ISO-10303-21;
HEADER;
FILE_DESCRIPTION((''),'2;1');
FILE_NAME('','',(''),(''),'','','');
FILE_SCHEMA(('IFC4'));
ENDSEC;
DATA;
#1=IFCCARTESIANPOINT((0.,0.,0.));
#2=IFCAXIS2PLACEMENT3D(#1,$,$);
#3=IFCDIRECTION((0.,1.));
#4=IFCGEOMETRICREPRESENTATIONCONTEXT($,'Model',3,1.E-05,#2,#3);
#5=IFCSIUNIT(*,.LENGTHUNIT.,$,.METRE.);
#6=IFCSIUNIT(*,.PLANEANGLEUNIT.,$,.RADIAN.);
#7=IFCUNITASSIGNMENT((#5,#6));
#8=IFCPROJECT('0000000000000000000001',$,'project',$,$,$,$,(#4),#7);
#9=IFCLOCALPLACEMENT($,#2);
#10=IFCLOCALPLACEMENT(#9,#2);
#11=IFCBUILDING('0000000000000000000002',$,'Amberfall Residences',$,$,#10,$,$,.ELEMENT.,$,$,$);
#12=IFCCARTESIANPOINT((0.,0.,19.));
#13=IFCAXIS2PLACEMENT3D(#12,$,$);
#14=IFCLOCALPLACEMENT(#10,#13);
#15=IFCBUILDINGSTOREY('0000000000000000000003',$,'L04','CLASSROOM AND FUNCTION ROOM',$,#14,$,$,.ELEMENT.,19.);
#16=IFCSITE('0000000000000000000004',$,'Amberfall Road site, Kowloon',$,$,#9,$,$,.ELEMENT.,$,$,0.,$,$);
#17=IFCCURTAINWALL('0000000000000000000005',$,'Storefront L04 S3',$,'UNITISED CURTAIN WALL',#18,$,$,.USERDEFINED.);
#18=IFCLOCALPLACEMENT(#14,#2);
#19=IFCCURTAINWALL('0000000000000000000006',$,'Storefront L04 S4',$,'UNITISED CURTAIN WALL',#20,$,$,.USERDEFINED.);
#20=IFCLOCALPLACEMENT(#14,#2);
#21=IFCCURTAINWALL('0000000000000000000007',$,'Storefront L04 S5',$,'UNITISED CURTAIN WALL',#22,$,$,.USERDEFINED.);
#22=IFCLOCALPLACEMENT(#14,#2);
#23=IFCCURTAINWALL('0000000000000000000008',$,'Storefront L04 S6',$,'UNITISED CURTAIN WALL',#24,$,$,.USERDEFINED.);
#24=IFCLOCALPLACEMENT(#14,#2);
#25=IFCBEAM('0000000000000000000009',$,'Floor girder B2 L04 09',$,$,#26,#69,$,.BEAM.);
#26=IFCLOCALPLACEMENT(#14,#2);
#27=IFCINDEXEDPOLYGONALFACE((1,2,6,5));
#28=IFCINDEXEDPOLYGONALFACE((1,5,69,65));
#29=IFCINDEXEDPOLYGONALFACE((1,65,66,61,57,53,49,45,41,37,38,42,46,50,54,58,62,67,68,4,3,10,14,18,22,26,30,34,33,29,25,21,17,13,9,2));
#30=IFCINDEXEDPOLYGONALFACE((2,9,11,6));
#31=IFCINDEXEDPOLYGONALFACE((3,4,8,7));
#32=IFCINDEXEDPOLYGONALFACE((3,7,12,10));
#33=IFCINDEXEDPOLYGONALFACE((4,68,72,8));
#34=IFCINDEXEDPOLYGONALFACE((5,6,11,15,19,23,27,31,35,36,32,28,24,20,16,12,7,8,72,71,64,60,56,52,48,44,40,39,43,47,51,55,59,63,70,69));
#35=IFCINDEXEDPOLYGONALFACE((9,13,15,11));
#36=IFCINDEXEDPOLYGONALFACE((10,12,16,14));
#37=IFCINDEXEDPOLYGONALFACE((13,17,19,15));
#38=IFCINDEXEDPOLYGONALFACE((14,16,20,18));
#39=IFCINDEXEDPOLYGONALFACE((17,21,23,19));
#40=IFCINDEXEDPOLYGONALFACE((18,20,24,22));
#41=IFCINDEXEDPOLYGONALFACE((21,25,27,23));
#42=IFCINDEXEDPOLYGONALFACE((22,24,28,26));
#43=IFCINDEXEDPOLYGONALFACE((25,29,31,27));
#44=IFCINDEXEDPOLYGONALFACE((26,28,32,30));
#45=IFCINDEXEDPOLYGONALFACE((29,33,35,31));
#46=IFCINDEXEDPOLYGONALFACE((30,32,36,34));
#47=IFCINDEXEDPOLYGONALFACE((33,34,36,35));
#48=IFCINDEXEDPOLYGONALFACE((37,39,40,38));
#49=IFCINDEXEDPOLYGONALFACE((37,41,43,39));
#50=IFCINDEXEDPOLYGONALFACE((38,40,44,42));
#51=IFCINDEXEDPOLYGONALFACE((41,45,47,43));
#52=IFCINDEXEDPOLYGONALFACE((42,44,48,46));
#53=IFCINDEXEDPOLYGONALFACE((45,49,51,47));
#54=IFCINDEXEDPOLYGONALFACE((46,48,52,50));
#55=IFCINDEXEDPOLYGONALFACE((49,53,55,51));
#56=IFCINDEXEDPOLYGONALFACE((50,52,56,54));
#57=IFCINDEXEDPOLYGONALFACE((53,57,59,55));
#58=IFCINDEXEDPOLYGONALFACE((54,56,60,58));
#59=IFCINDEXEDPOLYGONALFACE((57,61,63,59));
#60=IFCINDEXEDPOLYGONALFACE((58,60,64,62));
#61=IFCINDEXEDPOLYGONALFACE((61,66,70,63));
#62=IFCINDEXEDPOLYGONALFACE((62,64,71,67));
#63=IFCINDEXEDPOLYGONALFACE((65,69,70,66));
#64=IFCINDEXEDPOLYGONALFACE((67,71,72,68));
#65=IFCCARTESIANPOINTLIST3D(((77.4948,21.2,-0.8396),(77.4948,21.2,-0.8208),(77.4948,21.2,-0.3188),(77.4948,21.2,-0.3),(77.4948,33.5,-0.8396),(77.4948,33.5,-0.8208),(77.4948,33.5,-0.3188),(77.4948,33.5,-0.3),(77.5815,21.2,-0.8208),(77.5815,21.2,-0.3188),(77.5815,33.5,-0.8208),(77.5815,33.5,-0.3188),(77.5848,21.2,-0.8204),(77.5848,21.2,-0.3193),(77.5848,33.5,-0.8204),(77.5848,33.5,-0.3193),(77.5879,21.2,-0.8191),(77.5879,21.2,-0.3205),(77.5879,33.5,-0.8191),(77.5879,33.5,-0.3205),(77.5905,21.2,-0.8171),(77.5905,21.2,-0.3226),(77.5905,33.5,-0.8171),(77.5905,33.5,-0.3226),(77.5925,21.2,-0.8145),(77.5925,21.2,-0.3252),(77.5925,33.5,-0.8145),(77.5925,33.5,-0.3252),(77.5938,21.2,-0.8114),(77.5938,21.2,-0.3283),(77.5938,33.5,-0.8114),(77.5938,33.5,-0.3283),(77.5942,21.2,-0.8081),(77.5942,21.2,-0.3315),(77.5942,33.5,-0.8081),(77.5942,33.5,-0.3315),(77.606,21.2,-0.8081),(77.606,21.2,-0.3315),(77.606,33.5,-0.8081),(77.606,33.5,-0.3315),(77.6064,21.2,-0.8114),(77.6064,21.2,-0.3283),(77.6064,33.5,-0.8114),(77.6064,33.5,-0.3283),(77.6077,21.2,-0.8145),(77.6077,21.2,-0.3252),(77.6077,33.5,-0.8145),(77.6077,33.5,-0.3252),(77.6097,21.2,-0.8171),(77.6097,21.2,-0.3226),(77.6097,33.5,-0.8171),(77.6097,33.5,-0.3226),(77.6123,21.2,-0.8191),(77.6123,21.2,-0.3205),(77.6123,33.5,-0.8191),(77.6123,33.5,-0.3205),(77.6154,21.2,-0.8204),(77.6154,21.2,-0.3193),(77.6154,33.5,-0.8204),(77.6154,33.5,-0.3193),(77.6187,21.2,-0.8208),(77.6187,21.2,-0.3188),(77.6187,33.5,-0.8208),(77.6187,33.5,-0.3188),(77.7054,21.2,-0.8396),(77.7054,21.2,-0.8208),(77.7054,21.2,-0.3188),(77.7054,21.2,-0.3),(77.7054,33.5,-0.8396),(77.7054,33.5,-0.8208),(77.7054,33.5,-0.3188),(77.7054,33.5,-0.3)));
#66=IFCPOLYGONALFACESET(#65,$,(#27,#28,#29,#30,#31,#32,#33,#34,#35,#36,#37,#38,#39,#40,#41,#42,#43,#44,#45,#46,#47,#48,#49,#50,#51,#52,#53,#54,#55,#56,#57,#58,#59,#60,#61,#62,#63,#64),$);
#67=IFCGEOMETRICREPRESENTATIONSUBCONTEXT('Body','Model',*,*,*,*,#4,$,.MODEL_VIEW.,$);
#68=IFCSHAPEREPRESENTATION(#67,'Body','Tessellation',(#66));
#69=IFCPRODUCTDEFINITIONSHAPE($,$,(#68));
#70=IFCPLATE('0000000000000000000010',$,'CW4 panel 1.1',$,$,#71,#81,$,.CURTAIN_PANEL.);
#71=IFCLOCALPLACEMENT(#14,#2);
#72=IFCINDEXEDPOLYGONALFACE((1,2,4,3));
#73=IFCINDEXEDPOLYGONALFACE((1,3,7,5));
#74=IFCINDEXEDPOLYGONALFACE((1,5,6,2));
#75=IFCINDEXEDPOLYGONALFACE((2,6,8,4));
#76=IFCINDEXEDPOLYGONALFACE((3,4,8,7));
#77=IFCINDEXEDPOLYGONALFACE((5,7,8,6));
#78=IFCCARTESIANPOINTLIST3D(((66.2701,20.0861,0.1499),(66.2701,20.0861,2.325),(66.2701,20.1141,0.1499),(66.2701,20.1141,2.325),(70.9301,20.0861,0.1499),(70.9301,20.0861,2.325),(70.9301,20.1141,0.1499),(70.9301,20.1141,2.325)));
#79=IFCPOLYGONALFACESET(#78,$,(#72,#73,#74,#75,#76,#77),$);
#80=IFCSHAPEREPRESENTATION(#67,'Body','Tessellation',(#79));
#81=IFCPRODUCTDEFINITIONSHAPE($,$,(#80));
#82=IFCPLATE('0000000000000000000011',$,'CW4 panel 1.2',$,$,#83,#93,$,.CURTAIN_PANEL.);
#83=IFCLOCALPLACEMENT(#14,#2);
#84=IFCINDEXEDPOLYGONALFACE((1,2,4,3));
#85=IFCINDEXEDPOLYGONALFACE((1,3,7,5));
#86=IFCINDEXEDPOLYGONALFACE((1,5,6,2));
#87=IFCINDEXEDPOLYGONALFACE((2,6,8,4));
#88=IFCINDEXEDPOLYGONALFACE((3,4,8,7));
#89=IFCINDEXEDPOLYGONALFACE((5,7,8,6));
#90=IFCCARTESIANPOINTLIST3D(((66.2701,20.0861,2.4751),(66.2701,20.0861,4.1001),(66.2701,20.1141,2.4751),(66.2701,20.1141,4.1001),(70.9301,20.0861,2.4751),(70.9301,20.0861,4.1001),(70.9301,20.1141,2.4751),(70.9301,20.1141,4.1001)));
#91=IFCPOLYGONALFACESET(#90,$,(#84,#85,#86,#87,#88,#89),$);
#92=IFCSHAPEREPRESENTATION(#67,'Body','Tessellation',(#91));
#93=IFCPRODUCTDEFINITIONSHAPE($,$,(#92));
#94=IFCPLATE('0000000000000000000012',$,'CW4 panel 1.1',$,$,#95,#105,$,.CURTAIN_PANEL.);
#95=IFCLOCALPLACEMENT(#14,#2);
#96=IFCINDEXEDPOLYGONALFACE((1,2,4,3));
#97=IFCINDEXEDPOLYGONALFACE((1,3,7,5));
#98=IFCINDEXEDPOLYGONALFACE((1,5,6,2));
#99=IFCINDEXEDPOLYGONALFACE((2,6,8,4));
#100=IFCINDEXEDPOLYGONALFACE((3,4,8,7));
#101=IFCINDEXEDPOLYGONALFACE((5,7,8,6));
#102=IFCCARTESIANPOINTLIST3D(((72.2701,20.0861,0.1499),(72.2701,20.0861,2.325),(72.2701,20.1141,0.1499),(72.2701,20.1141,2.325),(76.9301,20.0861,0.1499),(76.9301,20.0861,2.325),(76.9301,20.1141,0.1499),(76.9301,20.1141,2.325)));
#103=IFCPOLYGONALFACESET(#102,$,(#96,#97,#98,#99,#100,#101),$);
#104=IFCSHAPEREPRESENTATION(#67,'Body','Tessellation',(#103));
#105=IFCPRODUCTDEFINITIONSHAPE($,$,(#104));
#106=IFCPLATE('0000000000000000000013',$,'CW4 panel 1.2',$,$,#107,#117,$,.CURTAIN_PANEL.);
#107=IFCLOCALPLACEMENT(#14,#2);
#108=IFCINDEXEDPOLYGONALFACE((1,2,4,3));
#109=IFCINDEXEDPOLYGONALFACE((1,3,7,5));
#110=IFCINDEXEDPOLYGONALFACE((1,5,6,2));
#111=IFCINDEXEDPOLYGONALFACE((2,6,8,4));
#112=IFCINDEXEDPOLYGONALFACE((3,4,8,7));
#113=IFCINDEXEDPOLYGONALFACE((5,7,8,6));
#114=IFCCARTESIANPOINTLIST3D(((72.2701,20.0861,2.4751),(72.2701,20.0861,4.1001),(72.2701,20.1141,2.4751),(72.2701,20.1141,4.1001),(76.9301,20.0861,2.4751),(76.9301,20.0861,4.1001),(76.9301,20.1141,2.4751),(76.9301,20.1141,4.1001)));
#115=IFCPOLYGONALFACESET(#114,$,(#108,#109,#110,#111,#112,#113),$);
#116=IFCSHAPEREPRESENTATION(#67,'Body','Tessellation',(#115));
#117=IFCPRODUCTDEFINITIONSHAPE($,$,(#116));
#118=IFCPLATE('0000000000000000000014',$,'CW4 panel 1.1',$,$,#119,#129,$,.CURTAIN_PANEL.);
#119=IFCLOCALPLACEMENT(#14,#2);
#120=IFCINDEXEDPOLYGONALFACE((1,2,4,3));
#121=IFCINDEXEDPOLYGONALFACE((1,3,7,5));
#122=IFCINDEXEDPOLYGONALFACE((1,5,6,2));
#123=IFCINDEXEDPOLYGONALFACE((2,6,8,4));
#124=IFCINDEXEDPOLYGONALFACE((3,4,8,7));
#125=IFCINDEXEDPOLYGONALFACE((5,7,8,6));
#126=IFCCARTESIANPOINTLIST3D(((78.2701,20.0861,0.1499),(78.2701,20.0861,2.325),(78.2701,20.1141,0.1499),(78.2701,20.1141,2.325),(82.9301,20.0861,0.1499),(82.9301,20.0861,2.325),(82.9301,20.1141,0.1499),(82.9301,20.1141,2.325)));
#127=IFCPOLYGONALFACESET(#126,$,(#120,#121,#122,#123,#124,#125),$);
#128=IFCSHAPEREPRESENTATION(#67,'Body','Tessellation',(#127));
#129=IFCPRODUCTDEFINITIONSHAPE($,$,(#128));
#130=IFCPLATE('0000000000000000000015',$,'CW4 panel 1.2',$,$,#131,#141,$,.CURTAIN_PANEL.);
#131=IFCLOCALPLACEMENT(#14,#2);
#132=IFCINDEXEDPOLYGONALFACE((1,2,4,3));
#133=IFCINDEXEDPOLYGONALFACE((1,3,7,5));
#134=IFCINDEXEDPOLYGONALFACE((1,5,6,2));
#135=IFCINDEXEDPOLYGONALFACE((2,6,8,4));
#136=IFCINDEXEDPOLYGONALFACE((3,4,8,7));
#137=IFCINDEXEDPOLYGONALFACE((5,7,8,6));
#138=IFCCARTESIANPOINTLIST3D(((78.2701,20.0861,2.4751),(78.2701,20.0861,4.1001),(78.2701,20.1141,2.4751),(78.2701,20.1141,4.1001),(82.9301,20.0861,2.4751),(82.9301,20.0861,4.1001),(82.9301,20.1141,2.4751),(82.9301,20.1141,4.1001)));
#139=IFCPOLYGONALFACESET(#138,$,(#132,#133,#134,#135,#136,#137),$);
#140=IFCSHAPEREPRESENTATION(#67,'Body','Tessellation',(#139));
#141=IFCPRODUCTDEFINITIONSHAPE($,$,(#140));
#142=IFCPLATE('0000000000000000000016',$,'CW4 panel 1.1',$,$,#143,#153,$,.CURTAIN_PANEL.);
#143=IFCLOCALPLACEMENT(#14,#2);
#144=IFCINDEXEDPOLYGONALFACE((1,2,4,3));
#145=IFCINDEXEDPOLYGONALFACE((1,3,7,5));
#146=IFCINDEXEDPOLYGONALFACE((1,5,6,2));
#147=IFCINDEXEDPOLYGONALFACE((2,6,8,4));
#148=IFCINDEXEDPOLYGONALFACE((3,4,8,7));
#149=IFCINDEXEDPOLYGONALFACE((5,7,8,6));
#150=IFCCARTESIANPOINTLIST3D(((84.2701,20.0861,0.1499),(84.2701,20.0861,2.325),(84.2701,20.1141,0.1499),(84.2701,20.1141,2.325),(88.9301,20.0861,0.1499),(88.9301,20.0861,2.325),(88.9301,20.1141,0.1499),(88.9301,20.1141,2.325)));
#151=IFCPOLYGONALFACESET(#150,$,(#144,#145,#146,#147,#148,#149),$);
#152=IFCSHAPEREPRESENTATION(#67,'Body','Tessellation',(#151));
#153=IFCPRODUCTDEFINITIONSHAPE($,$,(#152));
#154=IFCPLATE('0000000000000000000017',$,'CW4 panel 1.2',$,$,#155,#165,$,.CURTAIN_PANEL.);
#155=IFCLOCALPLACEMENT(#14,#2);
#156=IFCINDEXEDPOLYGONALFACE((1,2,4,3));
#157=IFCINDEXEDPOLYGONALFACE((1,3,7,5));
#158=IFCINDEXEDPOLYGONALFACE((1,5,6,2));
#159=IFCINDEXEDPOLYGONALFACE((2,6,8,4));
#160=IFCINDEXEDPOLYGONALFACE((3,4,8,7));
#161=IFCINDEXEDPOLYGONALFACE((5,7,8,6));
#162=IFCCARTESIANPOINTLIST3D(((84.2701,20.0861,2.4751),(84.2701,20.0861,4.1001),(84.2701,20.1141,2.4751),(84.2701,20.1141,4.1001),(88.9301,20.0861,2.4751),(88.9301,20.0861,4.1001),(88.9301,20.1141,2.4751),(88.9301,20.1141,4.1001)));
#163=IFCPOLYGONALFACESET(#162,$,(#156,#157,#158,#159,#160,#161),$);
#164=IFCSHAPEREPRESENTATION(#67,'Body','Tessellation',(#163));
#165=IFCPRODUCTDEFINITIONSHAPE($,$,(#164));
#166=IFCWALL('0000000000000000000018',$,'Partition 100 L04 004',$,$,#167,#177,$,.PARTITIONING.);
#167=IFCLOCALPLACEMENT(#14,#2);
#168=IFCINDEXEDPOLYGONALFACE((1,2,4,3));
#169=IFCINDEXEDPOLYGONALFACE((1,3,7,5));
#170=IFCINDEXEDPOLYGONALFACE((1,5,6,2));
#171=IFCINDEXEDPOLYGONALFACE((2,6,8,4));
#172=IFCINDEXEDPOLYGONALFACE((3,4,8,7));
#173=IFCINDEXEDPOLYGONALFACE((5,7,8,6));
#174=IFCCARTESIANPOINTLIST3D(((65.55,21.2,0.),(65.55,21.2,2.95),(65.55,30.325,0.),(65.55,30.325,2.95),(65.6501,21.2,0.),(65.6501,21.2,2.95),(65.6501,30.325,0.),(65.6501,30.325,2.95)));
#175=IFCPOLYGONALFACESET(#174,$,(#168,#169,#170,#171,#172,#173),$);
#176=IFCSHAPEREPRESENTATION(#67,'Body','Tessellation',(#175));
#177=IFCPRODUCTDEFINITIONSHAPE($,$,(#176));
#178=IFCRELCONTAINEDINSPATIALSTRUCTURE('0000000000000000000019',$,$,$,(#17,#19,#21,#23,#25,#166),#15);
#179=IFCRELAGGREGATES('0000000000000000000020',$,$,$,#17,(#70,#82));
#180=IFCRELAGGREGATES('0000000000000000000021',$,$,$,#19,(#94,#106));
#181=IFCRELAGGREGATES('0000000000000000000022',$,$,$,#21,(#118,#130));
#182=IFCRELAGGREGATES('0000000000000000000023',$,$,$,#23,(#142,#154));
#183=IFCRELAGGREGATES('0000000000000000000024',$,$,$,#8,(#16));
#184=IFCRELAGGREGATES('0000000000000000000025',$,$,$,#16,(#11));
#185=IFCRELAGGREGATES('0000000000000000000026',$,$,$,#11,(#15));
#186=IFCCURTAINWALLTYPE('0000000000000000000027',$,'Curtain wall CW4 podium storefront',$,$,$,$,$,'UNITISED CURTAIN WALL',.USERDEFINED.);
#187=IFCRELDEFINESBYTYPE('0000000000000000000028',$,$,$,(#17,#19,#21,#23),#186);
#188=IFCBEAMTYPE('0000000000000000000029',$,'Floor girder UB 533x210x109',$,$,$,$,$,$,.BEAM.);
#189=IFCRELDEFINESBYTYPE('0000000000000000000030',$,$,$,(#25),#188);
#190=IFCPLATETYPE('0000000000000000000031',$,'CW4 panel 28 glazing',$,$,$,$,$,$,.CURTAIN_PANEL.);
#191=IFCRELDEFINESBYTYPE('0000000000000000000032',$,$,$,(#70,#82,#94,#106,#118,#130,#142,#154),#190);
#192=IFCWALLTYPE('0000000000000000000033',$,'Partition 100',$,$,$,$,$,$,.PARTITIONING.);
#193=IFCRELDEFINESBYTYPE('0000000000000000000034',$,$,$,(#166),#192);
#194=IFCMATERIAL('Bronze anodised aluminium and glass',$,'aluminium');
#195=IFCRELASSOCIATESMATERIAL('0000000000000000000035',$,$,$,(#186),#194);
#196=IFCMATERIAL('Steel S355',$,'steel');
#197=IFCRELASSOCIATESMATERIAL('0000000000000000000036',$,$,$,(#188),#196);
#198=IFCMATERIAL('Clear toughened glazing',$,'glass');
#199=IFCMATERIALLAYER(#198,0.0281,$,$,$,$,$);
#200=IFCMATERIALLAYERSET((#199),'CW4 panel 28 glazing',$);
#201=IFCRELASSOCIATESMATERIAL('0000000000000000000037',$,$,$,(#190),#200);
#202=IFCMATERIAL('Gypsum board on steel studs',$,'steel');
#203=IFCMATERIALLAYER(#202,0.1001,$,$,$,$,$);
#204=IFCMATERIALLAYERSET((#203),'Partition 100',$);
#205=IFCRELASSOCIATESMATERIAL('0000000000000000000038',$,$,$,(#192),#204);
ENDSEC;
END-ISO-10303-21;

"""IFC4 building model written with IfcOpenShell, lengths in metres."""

from ifc_helpers import new_model, si_unit, direction, frame, frame_2d, origin, origin_2d, place, context, subcontext, project, spatial, rectangle, i_section, extrude, material, layer, layer_set, material_profile, profile_set, type_object, element, aggregate, save


model = new_model("IFC4")

# Units and contexts
model_context = context("Model", 3, precision=1e-05, world=origin(), true_north=direction((0.0, 1.0)))
body_context = subcontext(model_context, "Body", "Model", "MODEL_VIEW")
ifc_project = project(units=[si_unit("LENGTHUNIT", "METRE"), si_unit("PLANEANGLEUNIT", "RADIAN")], contexts=[model_context])

# Site, building, storey
site_placement = place(None, origin())
site = spatial("IfcSite", under=ifc_project, at=site_placement, Name="Amberfall Road site, Kowloon", CompositionType="ELEMENT", RefElevation=0.0)
building_placement = place(site_placement, origin())
building = spatial("IfcBuilding", under=site, at=building_placement, Name="Amberfall Residences", CompositionType="ELEMENT")
storey_placement = place(building_placement, frame((0.0, 0.0, 19.0)))
storey = spatial("IfcBuildingStorey", under=building, at=storey_placement, Name="L04", Description="CLASSROOM AND FUNCTION ROOM", CompositionType="ELEMENT", Elevation=19.0)

# Curtain walls
ifc_material_1 = material(Name="Bronze anodised aluminium and glass", Category="aluminium")
curtain_wall_type = type_object("IfcCurtainWallType", Name="Curtain wall CW4 podium storefront", ElementType="UNITISED CURTAIN WALL", PredefinedType="USERDEFINED", material=ifc_material_1)
curtain_wall_1_placement = place(storey_placement, origin())
curtain_wall_1 = element("IfcCurtainWall", 1, at=curtain_wall_1_placement, inside=storey, type_object=curtain_wall_type, Name="Storefront L04 S3", ObjectType="UNITISED CURTAIN WALL", PredefinedType="USERDEFINED")
curtain_wall_2_placement = place(storey_placement, origin())
curtain_wall_2 = element("IfcCurtainWall", 2, at=curtain_wall_2_placement, inside=storey, type_object=curtain_wall_type, Name="Storefront L04 S4", ObjectType="UNITISED CURTAIN WALL", PredefinedType="USERDEFINED")
curtain_wall_3_placement = place(storey_placement, origin())
curtain_wall_3 = element("IfcCurtainWall", 3, at=curtain_wall_3_placement, inside=storey, type_object=curtain_wall_type, Name="Storefront L04 S5", ObjectType="UNITISED CURTAIN WALL", PredefinedType="USERDEFINED")
curtain_wall_4_placement = place(storey_placement, origin())
curtain_wall_4 = element("IfcCurtainWall", 4, at=curtain_wall_4_placement, inside=storey, type_object=curtain_wall_type, Name="Storefront L04 S6", ObjectType="UNITISED CURTAIN WALL", PredefinedType="USERDEFINED")

# Beam
ifc_material_2 = material(Name="Steel S355", Category="steel")
ifc_material_profile_1 = material_profile(ifc_material_2, i_section(OverallWidth=0.2107, OverallDepth=0.5396, WebThickness=0.0117, FlangeThickness=0.0188, FilletRadius=0.0127, at=origin_2d()), Name="UB 533x210x109")
ifc_profile_set_1 = profile_set([ifc_material_profile_1], Name="Steel S355")
beam_type_1 = type_object("IfcBeamType", Name="Floor girder UB 533x210x109", PredefinedType="BEAM", material=ifc_profile_set_1)
for number, where, z_axis, x_axis, name in (
    (5, (77.6001, 21.2, -0.5698), (0.0, 1.0, 0.0), (-1.0, 0.0, 0.0), "Floor girder B2 L04 09"),
):
    element("IfcBeam", number, at=place(storey_placement, frame(where, z_axis=z_axis, x_axis=x_axis)), inside=storey, type_object=beam_type_1, Name=name, PredefinedType="BEAM", context=body_context, shape_type="SweptSolid", body=[
        extrude(i_section(OverallWidth=0.2107, OverallDepth=0.5396, WebThickness=0.0117, FlangeThickness=0.0188, FilletRadius=0.0127, at=origin_2d()), origin(), (0.0, 0.0, 1.0), 12.3),
    ])

# Plates
ifc_material_3 = material(Name="Clear toughened glazing", Category="glass")
ifc_layer_1 = layer(ifc_material_3, 0.0281)
ifc_layer_set_1 = layer_set([ifc_layer_1], Name="CW4 panel 28 glazing")
plate_type = type_object("IfcPlateType", Name="CW4 panel 28 glazing", PredefinedType="CURTAIN_PANEL", material=ifc_layer_set_1)
plate_1_placement = place(storey_placement, frame((68.6001, 20.1001, 0.1499), z_axis=(0.0, 0.0, 1.0), x_axis=(1.0, 0.0, 0.0)))
plate_1 = element("IfcPlate", 6, at=plate_1_placement, type_object=plate_type, Name="CW4 panel 1.1", PredefinedType="CURTAIN_PANEL", context=body_context, shape_type="SweptSolid", body=[
    extrude(rectangle(XDim=4.6599, YDim=0.0281, at=origin_2d()), origin(), (0.0, 0.0, 1.0), 2.175),
])
plate_2_placement = place(storey_placement, frame((68.6001, 20.1001, 2.4751), z_axis=(0.0, 0.0, 1.0), x_axis=(1.0, 0.0, 0.0)))
plate_2 = element("IfcPlate", 7, at=plate_2_placement, type_object=plate_type, Name="CW4 panel 1.2", PredefinedType="CURTAIN_PANEL", context=body_context, shape_type="SweptSolid", body=[
    extrude(rectangle(XDim=4.6599, YDim=0.0281, at=origin_2d()), origin(), (0.0, 0.0, 1.0), 1.625),
])
aggregate(curtain_wall_1, [plate_1, plate_2])
plate_3_placement = place(storey_placement, frame((74.6001, 20.1001, 0.1499), z_axis=(0.0, 0.0, 1.0), x_axis=(1.0, 0.0, 0.0)))
plate_3 = element("IfcPlate", 8, at=plate_3_placement, type_object=plate_type, Name="CW4 panel 1.1", PredefinedType="CURTAIN_PANEL", context=body_context, shape_type="SweptSolid", body=[
    extrude(rectangle(XDim=4.6599, YDim=0.0281, at=origin_2d()), origin(), (0.0, 0.0, 1.0), 2.175),
])
plate_4_placement = place(storey_placement, frame((74.6001, 20.1001, 2.4751), z_axis=(0.0, 0.0, 1.0), x_axis=(1.0, 0.0, 0.0)))
plate_4 = element("IfcPlate", 9, at=plate_4_placement, type_object=plate_type, Name="CW4 panel 1.2", PredefinedType="CURTAIN_PANEL", context=body_context, shape_type="SweptSolid", body=[
    extrude(rectangle(XDim=4.6599, YDim=0.0281, at=origin_2d()), origin(), (0.0, 0.0, 1.0), 1.625),
])
aggregate(curtain_wall_2, [plate_3, plate_4])
plate_5_placement = place(storey_placement, frame((80.6001, 20.1001, 0.1499), z_axis=(0.0, 0.0, 1.0), x_axis=(1.0, 0.0, 0.0)))
plate_5 = element("IfcPlate", 10, at=plate_5_placement, type_object=plate_type, Name="CW4 panel 1.1", PredefinedType="CURTAIN_PANEL", context=body_context, shape_type="SweptSolid", body=[
    extrude(rectangle(XDim=4.6599, YDim=0.0281, at=origin_2d()), origin(), (0.0, 0.0, 1.0), 2.175),
])
plate_6_placement = place(storey_placement, frame((80.6001, 20.1001, 2.4751), z_axis=(0.0, 0.0, 1.0), x_axis=(1.0, 0.0, 0.0)))
plate_6 = element("IfcPlate", 11, at=plate_6_placement, type_object=plate_type, Name="CW4 panel 1.2", PredefinedType="CURTAIN_PANEL", context=body_context, shape_type="SweptSolid", body=[
    extrude(rectangle(XDim=4.6599, YDim=0.0281, at=origin_2d()), origin(), (0.0, 0.0, 1.0), 1.625),
])
aggregate(curtain_wall_3, [plate_5, plate_6])
plate_7_placement = place(storey_placement, frame((86.6001, 20.1001, 0.1499), z_axis=(0.0, 0.0, 1.0), x_axis=(1.0, 0.0, 0.0)))
plate_7 = element("IfcPlate", 12, at=plate_7_placement, type_object=plate_type, Name="CW4 panel 1.1", PredefinedType="CURTAIN_PANEL", context=body_context, shape_type="SweptSolid", body=[
    extrude(rectangle(XDim=4.6599, YDim=0.0281, at=origin_2d()), origin(), (0.0, 0.0, 1.0), 2.175),
])
plate_8_placement = place(storey_placement, frame((86.6001, 20.1001, 2.4751), z_axis=(0.0, 0.0, 1.0), x_axis=(1.0, 0.0, 0.0)))
plate_8 = element("IfcPlate", 13, at=plate_8_placement, type_object=plate_type, Name="CW4 panel 1.2", PredefinedType="CURTAIN_PANEL", context=body_context, shape_type="SweptSolid", body=[
    extrude(rectangle(XDim=4.6599, YDim=0.0281, at=origin_2d()), origin(), (0.0, 0.0, 1.0), 1.625),
])
aggregate(curtain_wall_4, [plate_7, plate_8])

# Wall
ifc_material_4 = material(Name="Gypsum board on steel studs", Category="steel")
ifc_layer_2 = layer(ifc_material_4, 0.1001)
ifc_layer_set_2 = layer_set([ifc_layer_2], Name="Partition 100")
wall_type = type_object("IfcWallType", Name="Partition 100", PredefinedType="PARTITIONING", material=ifc_layer_set_2)
wall_placement = place(storey_placement, frame((65.6001, 21.2, 0.0), z_axis=(0.0, 0.0, 1.0), x_axis=(0.0, 1.0, 0.0)))
element("IfcWall", 14, at=wall_placement, inside=storey, type_object=wall_type, Name="Partition 100 L04 004", PredefinedType="PARTITIONING", context=body_context, shape_type="SweptSolid", body=[
    extrude(rectangle(XDim=9.125, YDim=0.1001, at=frame_2d((4.5625, 0.0))), origin(), (0.0, 0.0, 1.0), 2.95),
])

save(model, "model.ifc")
